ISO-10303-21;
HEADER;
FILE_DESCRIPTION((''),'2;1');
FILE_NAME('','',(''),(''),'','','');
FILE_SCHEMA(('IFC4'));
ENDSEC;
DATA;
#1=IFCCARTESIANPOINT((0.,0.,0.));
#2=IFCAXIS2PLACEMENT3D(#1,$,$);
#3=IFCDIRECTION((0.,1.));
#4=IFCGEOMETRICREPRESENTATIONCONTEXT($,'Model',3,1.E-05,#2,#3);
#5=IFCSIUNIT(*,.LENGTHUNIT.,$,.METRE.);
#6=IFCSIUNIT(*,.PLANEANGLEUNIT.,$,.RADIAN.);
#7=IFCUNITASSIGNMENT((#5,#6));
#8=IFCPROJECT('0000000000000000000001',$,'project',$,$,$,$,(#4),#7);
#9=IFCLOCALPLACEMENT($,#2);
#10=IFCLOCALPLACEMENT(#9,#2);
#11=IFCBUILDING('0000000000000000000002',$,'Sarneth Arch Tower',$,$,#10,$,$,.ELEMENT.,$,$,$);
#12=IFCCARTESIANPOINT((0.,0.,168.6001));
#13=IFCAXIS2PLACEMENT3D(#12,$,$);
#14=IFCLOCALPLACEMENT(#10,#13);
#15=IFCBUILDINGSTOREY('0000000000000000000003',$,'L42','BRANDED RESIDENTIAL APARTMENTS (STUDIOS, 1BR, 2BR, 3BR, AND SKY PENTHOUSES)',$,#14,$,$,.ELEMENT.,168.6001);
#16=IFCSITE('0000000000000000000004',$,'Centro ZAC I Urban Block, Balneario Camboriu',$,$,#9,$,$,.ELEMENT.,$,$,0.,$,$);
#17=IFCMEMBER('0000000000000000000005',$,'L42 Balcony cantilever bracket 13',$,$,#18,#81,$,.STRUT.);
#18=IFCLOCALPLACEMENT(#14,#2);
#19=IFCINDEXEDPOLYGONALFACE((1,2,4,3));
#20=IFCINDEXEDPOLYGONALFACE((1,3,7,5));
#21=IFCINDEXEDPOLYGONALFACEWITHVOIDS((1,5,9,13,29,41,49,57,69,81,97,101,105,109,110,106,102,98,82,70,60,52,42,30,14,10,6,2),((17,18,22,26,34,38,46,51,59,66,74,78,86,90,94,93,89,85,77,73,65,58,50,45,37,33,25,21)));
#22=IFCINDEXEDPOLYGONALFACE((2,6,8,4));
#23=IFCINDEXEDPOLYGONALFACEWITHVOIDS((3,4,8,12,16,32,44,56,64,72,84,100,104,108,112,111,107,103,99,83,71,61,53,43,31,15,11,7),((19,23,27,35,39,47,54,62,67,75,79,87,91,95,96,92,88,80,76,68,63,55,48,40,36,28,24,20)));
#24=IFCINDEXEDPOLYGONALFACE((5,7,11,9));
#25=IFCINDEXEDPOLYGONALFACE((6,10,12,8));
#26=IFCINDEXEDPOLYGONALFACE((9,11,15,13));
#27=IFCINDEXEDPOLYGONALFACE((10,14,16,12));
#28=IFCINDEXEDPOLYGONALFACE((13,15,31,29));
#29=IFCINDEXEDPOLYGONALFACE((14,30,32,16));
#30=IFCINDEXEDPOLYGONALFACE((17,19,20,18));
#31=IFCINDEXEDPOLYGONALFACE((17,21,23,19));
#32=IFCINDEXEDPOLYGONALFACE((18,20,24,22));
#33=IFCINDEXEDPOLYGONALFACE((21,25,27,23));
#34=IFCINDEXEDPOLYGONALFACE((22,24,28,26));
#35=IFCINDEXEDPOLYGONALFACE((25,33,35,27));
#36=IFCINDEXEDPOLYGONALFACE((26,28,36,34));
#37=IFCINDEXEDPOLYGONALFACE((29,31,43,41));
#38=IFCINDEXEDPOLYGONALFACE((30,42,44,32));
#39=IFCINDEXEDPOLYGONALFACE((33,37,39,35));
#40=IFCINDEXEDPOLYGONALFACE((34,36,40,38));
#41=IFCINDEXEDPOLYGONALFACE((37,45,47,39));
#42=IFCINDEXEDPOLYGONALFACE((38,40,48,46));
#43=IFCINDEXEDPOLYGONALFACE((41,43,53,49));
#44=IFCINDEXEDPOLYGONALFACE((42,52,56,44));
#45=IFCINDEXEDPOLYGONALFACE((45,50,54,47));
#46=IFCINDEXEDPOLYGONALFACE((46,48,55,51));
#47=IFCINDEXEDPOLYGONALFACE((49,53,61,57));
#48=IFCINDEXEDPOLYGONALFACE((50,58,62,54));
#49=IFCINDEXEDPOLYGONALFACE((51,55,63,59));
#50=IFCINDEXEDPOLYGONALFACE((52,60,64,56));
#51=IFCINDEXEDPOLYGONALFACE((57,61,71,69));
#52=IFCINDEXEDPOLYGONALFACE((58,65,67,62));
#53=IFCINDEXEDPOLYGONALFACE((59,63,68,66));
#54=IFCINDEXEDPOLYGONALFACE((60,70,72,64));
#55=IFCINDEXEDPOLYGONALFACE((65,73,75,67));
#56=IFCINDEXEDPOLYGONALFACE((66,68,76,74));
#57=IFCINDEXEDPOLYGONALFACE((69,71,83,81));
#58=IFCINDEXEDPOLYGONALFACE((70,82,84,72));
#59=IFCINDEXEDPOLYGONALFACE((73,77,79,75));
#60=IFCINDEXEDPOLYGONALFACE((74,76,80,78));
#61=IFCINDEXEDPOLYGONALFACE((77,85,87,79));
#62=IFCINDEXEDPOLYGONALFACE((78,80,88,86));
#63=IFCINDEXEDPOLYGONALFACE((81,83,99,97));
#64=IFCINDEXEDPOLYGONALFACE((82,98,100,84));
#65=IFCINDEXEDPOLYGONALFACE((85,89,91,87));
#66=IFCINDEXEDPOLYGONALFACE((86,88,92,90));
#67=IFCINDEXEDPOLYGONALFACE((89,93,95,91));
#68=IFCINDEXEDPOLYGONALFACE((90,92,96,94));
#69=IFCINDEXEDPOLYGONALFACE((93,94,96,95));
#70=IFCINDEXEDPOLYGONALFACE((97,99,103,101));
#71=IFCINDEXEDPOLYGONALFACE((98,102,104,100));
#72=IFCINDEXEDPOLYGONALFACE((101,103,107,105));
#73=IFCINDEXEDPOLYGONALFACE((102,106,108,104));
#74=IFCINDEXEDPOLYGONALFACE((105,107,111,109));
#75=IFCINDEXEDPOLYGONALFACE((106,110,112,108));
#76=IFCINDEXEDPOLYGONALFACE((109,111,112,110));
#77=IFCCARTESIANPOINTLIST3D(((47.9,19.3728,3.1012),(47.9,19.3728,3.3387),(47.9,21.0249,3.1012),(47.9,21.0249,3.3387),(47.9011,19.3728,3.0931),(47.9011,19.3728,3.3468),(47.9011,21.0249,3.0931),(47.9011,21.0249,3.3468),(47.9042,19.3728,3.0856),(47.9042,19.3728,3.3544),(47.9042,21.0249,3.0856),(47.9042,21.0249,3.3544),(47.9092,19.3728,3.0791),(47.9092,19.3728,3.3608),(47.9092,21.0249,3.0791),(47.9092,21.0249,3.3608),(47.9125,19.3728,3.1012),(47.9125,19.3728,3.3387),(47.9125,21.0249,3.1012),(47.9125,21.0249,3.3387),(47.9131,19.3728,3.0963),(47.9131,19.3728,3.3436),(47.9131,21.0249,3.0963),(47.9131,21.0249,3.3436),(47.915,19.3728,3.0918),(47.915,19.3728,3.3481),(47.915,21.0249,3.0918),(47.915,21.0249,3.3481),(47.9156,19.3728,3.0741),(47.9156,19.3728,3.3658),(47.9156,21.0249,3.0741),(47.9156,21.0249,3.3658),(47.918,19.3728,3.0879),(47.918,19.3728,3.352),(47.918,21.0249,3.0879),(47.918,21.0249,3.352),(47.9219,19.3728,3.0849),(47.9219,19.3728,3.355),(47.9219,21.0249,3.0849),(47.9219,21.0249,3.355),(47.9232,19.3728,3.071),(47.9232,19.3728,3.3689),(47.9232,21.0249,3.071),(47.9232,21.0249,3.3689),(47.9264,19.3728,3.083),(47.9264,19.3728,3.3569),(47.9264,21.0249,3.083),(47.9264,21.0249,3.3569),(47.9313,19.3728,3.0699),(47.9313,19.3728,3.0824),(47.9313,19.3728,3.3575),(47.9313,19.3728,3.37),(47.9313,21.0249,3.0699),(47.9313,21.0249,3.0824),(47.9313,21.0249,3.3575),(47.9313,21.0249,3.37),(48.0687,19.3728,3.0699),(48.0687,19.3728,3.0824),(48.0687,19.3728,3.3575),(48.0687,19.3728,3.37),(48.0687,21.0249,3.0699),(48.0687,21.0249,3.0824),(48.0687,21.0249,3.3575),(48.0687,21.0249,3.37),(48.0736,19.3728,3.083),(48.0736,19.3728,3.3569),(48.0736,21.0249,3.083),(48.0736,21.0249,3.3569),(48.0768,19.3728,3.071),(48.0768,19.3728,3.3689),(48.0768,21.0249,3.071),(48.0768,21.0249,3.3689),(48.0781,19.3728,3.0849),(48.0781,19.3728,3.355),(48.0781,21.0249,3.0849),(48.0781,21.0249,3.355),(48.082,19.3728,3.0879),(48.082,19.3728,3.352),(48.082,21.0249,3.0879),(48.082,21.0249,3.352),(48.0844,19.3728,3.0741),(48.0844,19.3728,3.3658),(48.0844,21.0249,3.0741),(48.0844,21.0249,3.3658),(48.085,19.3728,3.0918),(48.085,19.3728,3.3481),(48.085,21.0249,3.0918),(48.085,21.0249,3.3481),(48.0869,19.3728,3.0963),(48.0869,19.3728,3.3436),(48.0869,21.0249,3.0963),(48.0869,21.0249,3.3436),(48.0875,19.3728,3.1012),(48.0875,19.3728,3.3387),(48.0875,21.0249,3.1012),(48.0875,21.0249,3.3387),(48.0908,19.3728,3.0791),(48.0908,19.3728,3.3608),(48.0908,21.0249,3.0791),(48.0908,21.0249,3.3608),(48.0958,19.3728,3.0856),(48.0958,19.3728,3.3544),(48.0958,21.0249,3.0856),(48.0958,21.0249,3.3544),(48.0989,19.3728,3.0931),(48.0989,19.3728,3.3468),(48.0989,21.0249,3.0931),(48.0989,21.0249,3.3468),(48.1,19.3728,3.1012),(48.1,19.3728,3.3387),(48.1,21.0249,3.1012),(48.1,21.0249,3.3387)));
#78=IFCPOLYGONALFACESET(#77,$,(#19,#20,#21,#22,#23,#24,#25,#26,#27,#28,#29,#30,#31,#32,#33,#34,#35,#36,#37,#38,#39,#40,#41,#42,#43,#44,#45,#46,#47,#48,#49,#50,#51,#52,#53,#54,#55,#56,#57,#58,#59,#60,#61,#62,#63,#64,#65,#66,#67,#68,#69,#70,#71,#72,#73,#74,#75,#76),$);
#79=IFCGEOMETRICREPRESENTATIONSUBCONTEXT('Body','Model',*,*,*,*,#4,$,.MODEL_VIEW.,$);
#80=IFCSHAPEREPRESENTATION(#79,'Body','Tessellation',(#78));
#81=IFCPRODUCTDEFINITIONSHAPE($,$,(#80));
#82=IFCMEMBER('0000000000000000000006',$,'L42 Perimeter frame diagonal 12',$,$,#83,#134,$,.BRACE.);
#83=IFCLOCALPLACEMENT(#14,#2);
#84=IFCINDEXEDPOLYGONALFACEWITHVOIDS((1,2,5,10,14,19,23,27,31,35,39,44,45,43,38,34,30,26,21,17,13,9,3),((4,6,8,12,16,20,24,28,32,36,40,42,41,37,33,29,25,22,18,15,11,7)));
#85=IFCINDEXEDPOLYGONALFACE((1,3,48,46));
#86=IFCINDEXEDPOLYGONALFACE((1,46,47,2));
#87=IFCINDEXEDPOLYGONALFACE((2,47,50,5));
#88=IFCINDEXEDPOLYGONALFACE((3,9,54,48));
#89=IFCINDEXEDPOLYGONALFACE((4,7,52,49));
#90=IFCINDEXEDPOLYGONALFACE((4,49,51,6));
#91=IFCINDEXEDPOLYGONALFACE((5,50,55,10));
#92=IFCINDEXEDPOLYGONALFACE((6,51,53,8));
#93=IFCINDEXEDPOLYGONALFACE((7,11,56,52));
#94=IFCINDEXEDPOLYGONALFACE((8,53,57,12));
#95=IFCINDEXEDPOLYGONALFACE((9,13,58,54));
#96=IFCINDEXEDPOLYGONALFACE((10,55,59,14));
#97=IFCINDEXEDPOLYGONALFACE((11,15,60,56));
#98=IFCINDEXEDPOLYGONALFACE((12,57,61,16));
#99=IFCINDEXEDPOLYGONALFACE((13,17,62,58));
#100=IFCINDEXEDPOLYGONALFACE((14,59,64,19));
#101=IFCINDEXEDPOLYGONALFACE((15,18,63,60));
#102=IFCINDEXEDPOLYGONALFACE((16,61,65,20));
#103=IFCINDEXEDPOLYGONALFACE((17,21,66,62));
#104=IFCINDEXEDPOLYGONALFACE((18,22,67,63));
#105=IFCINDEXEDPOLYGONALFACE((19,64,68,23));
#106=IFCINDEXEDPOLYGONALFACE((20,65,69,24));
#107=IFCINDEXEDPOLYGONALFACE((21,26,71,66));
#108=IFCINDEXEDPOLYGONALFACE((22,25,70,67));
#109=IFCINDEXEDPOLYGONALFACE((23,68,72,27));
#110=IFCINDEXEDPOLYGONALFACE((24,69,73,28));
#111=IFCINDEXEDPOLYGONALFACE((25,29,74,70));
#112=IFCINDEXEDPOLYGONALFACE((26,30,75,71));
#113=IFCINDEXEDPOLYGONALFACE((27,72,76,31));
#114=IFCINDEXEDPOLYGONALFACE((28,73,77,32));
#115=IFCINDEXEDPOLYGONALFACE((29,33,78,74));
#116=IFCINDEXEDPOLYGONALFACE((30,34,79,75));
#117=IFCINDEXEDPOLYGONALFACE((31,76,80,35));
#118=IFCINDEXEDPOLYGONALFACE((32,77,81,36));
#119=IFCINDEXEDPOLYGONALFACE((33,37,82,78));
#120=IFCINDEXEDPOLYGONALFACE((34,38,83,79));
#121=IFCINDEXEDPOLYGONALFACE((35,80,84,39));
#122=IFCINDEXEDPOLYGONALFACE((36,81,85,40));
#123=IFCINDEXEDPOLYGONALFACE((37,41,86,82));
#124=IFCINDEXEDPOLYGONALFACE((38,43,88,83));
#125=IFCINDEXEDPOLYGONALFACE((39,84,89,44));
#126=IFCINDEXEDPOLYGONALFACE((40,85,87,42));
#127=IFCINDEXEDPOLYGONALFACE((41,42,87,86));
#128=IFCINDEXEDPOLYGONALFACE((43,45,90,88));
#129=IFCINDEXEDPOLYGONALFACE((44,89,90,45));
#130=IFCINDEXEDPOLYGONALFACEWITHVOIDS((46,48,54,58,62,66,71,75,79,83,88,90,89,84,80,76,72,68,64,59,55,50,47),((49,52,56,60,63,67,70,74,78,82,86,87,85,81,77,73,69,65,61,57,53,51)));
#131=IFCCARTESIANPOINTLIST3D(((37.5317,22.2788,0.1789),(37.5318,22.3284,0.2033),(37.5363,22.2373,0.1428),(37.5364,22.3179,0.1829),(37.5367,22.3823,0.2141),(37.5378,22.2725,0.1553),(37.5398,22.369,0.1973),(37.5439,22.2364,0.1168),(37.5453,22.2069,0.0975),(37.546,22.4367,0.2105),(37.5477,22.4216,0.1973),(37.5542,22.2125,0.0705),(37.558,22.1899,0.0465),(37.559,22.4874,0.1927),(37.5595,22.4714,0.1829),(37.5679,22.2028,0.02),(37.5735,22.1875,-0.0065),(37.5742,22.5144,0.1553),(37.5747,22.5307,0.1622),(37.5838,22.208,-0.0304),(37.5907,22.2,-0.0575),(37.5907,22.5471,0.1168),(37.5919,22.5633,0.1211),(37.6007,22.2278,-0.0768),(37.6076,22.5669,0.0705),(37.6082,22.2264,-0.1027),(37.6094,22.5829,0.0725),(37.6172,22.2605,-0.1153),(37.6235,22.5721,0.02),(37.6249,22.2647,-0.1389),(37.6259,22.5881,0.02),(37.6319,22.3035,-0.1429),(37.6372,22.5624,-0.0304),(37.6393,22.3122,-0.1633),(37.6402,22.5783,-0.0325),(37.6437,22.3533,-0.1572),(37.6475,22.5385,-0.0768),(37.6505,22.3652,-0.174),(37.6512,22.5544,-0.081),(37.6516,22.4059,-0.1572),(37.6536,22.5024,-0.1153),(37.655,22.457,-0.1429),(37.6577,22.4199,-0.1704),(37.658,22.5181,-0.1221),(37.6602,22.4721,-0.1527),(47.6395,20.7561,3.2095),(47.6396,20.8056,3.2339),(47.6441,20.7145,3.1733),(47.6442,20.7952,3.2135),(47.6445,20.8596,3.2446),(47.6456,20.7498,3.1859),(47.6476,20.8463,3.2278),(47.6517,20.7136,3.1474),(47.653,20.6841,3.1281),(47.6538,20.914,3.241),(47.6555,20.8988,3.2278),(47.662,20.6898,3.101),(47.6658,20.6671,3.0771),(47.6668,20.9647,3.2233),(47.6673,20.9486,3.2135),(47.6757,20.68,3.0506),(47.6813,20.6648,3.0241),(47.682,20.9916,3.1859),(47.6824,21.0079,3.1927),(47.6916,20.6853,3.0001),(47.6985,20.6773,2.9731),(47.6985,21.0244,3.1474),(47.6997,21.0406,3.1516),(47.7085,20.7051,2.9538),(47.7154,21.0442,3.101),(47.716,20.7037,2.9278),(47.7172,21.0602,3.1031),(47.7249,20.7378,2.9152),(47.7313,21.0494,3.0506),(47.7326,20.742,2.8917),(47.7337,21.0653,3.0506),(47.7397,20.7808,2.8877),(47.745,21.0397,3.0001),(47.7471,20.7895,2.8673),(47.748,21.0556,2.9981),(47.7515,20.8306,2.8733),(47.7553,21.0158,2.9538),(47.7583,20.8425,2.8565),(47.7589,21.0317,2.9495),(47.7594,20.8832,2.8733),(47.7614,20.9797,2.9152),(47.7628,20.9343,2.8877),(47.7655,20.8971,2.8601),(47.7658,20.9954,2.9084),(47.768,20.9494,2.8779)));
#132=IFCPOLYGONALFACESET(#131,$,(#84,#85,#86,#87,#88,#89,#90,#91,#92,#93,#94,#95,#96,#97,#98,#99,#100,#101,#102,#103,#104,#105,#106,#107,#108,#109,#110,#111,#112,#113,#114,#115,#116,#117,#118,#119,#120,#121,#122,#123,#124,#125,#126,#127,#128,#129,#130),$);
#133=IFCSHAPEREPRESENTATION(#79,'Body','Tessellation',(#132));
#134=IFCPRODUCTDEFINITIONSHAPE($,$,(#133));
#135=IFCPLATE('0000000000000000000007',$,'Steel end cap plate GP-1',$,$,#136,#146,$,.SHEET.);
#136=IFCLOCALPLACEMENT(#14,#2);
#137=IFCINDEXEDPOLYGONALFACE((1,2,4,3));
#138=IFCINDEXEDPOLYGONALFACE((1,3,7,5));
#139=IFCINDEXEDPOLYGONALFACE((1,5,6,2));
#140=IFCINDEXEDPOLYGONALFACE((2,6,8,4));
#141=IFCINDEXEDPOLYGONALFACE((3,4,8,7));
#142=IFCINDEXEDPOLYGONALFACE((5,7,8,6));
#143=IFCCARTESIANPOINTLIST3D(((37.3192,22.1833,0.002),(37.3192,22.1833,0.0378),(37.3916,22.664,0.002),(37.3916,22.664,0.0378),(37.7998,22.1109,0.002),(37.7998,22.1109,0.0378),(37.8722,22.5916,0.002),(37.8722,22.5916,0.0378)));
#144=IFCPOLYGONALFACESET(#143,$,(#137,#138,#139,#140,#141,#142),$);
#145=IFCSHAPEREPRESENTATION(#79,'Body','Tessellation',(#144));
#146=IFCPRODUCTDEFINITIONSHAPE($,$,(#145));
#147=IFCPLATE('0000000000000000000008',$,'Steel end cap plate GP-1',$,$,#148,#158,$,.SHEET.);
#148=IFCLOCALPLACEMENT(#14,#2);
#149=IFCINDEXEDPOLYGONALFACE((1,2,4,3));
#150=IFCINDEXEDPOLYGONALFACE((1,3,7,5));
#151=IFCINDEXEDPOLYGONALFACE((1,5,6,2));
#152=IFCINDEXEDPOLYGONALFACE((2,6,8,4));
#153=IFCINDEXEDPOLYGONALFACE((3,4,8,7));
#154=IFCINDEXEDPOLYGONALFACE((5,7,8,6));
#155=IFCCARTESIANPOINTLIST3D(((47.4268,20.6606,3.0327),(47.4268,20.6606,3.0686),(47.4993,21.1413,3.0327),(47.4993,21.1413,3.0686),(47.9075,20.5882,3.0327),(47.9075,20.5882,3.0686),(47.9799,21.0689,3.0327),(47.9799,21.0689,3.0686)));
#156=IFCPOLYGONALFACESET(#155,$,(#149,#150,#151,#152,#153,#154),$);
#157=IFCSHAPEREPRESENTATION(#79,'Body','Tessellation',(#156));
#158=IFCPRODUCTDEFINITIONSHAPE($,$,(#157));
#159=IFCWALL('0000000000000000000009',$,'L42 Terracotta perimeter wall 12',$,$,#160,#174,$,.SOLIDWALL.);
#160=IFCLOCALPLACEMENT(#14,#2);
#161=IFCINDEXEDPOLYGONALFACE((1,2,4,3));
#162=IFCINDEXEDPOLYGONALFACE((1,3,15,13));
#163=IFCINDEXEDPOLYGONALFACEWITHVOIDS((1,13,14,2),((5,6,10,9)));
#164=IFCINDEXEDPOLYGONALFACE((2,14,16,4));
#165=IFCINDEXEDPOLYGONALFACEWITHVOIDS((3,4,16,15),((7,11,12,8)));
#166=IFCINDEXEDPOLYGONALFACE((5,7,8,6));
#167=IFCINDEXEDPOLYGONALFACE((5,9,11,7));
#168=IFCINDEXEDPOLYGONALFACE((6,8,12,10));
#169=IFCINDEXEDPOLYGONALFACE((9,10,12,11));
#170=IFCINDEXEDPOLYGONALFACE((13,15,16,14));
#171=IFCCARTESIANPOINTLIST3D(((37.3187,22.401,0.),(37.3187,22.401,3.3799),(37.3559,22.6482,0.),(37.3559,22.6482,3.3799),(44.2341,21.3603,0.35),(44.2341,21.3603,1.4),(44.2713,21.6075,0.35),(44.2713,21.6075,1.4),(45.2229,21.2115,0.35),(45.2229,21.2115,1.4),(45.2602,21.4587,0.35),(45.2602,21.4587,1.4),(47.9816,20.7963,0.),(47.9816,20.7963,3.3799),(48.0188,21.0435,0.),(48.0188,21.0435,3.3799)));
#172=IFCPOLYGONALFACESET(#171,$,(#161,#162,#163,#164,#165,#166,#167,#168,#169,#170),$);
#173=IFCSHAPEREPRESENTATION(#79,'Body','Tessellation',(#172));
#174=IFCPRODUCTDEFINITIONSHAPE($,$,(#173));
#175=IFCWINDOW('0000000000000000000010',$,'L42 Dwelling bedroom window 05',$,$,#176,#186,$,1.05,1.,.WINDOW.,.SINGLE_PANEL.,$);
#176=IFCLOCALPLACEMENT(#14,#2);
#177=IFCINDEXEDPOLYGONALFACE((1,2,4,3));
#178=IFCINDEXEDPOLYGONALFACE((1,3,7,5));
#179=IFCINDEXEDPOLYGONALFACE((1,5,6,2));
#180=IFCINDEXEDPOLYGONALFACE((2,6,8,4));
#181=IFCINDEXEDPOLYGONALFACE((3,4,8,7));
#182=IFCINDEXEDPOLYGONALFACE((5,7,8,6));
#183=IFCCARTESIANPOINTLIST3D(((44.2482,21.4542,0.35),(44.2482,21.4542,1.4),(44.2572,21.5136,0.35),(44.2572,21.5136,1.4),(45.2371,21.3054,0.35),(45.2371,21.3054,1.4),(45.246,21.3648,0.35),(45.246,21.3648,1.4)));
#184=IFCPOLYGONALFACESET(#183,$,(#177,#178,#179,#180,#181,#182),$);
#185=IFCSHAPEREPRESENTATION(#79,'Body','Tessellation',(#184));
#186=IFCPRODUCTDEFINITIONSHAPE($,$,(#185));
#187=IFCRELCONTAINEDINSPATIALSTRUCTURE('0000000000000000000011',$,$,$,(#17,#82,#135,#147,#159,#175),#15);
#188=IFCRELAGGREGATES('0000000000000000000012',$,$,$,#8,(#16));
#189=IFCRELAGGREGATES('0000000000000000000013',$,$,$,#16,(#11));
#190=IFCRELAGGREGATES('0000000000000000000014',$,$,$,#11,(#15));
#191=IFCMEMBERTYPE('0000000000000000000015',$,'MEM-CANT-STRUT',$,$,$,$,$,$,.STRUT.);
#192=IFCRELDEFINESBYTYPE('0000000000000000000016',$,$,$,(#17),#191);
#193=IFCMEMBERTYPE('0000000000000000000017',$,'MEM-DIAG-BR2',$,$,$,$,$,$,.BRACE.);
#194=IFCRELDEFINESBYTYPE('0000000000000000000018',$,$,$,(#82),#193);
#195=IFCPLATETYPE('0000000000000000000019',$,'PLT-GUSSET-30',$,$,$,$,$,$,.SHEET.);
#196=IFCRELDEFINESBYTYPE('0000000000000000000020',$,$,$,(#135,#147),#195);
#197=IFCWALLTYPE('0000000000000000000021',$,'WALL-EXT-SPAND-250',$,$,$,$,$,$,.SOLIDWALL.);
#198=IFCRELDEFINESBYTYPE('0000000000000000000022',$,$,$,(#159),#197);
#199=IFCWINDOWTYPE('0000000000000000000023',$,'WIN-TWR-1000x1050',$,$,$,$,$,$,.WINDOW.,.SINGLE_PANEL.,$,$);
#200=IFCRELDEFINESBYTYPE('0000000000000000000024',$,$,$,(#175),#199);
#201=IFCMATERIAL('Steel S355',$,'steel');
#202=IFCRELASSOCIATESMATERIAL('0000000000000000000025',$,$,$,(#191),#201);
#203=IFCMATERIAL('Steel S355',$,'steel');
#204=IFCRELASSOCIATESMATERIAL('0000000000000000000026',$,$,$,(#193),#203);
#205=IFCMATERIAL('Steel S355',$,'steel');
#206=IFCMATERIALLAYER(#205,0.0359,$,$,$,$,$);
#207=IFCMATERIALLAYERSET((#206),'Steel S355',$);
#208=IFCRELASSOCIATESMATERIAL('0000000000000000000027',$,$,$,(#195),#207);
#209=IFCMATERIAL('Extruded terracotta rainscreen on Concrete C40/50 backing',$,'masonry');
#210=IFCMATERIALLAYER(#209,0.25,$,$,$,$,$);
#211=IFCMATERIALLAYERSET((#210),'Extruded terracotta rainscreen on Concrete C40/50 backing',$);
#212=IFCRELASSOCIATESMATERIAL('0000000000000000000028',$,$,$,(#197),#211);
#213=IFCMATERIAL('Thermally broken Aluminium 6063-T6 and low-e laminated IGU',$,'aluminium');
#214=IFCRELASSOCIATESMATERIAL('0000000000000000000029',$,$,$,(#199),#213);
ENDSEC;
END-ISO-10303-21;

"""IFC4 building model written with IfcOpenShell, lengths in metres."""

from ifc_helpers import new_model, si_unit, direction, frame, frame_2d, origin, origin_2d, place, context, subcontext, project, spatial, rectangle, hollow_rectangle, hollow_circle, extrude, material, layer, layer_set, material_profile, profile_set, type_object, element, fill, save


model = new_model("IFC4")

# Units and contexts
model_context = context("Model", 3, precision=1e-05, world=origin(), true_north=direction((0.0, 1.0)))
body_context = subcontext(model_context, "Body", "Model", "MODEL_VIEW")
ifc_project = project(units=[si_unit("LENGTHUNIT", "METRE"), si_unit("PLANEANGLEUNIT", "RADIAN")], contexts=[model_context])

# Site, building, storey
site_placement = place(None, origin())
site = spatial("IfcSite", under=ifc_project, at=site_placement, Name="Centro ZAC I Urban Block, Balneario Camboriu", CompositionType="ELEMENT", RefElevation=0.0)
building_placement = place(site_placement, origin())
building = spatial("IfcBuilding", under=site, at=building_placement, Name="Sarneth Arch Tower", CompositionType="ELEMENT")
storey_placement = place(building_placement, frame((0.0, 0.0, 168.6001)))
storey = spatial("IfcBuildingStorey", under=building, at=storey_placement, Name="L42", Description="BRANDED RESIDENTIAL APARTMENTS (STUDIOS, 1BR, 2BR, 3BR, AND SKY PENTHOUSES)", CompositionType="ELEMENT", Elevation=168.6001)

# Members
ifc_material_1 = material(Name="Steel S355", Category="steel")
ifc_material_profile_1 = material_profile(ifc_material_1, hollow_rectangle(XDim=0.2, YDim=0.3, WallThickness=0.0125, InnerFilletRadius=0.0188, OuterFilletRadius=0.0312, at=origin_2d()), Name="RHS300x200x12.5")
ifc_profile_set_1 = profile_set([ifc_material_profile_1], Name="Steel S355")
member_type_1 = type_object("IfcMemberType", Name="MEM-CANT-STRUT", PredefinedType="STRUT", material=ifc_profile_set_1)
member_1_placement = place(storey_placement, frame((48.0, 21.0249, 3.22), z_axis=(0.0, -1.0, 0.0), x_axis=(1.0, 0.0, 0.0)))
element("IfcMember", 1, at=member_1_placement, inside=storey, type_object=member_type_1, Name="L42 Balcony cantilever bracket 13", PredefinedType="STRUT", context=body_context, shape_type="SweptSolid", body=[
    extrude(hollow_rectangle(XDim=0.2, YDim=0.3, WallThickness=0.0125, InnerFilletRadius=0.0188, OuterFilletRadius=0.0312, at=origin_2d()), origin(), (0.0, 0.0, 1.0), 1.6521),
])
ifc_material_2 = material(Name="Steel S355", Category="steel")
ifc_material_profile_2 = material_profile(ifc_material_2, hollow_circle(Radius=0.2029, WallThickness=0.0161, at=origin_2d()), Name="CHS406x16")
ifc_profile_set_2 = profile_set([ifc_material_profile_2], Name="Steel S355")
member_type_2 = type_object("IfcMemberType", Name="MEM-DIAG-BR2", PredefinedType="BRACE", material=ifc_profile_set_2)
member_2_placement = place(storey_placement, frame((37.5957, 22.3875, 0.02), z_axis=(0.948053, -0.142823, 0.284249), x_axis=(0.148968, 0.988842, 0.0)))
element("IfcMember", 2, at=member_2_placement, inside=storey, type_object=member_type_2, Name="L42 Perimeter frame diagonal 12", PredefinedType="BRACE", context=body_context, shape_type="SweptSolid", body=[
    extrude(hollow_circle(Radius=0.2029, WallThickness=0.0161, at=origin_2d()), origin(), (0.0, 0.0, 1.0), 10.6616),
])

# Plates
ifc_material_3 = material(Name="Steel S355", Category="steel")
ifc_layer_1 = layer(ifc_material_3, 0.0359)
ifc_layer_set_1 = layer_set([ifc_layer_1], Name="Steel S355")
plate_type = type_object("IfcPlateType", Name="PLT-GUSSET-30", PredefinedType="SHEET", material=ifc_layer_set_1)
for number, where, z_axis, x_axis, name in (
    (3, (37.5957, 22.3875, 0.002), (0.0, 0.0, 1.0), (0.988835, -0.149018, 0.0), "Steel end cap plate GP-1"),
    (4, (47.7034, 20.8647, 3.0327), (0.0, 0.0, 1.0), (0.988835, -0.149018, 0.0), "Steel end cap plate GP-1"),
):
    element("IfcPlate", number, at=place(storey_placement, frame(where, z_axis=z_axis, x_axis=x_axis)), inside=storey, type_object=plate_type, Name=name, PredefinedType="SHEET", context=body_context, shape_type="SweptSolid", body=[
        extrude(rectangle(XDim=0.4861, YDim=0.4861, at=origin_2d()), origin(), (0.0, 0.0, 1.0), 0.0359),
    ])

# Wall, opening, window
ifc_material_4 = material(Name="Extruded terracotta rainscreen on Concrete C40/50 backing", Category="masonry")
ifc_layer_2 = layer(ifc_material_4, 0.25)
ifc_layer_set_2 = layer_set([ifc_layer_2], Name="Extruded terracotta rainscreen on Concrete C40/50 backing")
wall_type_1 = type_object("IfcWallType", Name="WALL-EXT-SPAND-250", PredefinedType="SOLIDWALL", material=ifc_layer_set_2)
wall_1_placement = place(storey_placement, frame((37.3372, 22.5247, 0.0), z_axis=(0.0, 0.0, 1.0), x_axis=(0.988864, -0.148822, 0.0)))
wall_1 = element("IfcWall", 5, at=wall_1_placement, inside=storey, type_object=wall_type_1, Name="L42 Terracotta perimeter wall 12", PredefinedType="SOLIDWALL", context=body_context, shape_type="SweptSolid", body=[
    extrude(rectangle(XDim=10.783, YDim=0.25, at=frame_2d((5.3916, 0.0))), origin(), (0.0, 0.0, 1.0), 3.3799),
])
opening_1_placement = place(wall_1_placement, frame((6.9934, 0.0, 0.3501)))
opening_1 = element("IfcOpeningElement", 6, at=opening_1_placement, cuts=wall_1, PredefinedType="OPENING", context=body_context, shape_type="SweptSolid", body=[
    extrude(rectangle(XDim=1.0, YDim=1.05, at=frame_2d((0.5, 0.5249))), frame((0.0, 0.135, 0.0), z_axis=(0.0, -1.0, 0.0), x_axis=(1.0, 0.0, 0.0)), (0.0, 0.0, 1.0), 0.27),
])
ifc_material_5 = material(Name="Thermally broken Aluminium 6063-T6 and low-e laminated IGU", Category="aluminium")
window_type = type_object("IfcWindowType", Name="WIN-TWR-1000x1050", PartitioningType="SINGLE_PANEL", PredefinedType="WINDOW", material=ifc_material_5)
window_placement = place(opening_1_placement, origin())
window = element("IfcWindow", 7, at=window_placement, inside=storey, type_object=window_type, Name="L42 Dwelling bedroom window 05", OverallHeight=1.05, OverallWidth=1.0, PartitioningType="SINGLE_PANEL", PredefinedType="WINDOW", context=body_context, shape_type="SweptSolid", body=[
    extrude(rectangle(XDim=1.0, YDim=1.05, at=frame_2d((0.5, 0.5249))), frame((0.0, 0.03, 0.0), z_axis=(0.0, -1.0, 0.0), x_axis=(1.0, 0.0, 0.0)), (0.0, 0.0, 1.0), 0.0601),
])
fill(opening_1, window)

save(model, "model.ifc")
